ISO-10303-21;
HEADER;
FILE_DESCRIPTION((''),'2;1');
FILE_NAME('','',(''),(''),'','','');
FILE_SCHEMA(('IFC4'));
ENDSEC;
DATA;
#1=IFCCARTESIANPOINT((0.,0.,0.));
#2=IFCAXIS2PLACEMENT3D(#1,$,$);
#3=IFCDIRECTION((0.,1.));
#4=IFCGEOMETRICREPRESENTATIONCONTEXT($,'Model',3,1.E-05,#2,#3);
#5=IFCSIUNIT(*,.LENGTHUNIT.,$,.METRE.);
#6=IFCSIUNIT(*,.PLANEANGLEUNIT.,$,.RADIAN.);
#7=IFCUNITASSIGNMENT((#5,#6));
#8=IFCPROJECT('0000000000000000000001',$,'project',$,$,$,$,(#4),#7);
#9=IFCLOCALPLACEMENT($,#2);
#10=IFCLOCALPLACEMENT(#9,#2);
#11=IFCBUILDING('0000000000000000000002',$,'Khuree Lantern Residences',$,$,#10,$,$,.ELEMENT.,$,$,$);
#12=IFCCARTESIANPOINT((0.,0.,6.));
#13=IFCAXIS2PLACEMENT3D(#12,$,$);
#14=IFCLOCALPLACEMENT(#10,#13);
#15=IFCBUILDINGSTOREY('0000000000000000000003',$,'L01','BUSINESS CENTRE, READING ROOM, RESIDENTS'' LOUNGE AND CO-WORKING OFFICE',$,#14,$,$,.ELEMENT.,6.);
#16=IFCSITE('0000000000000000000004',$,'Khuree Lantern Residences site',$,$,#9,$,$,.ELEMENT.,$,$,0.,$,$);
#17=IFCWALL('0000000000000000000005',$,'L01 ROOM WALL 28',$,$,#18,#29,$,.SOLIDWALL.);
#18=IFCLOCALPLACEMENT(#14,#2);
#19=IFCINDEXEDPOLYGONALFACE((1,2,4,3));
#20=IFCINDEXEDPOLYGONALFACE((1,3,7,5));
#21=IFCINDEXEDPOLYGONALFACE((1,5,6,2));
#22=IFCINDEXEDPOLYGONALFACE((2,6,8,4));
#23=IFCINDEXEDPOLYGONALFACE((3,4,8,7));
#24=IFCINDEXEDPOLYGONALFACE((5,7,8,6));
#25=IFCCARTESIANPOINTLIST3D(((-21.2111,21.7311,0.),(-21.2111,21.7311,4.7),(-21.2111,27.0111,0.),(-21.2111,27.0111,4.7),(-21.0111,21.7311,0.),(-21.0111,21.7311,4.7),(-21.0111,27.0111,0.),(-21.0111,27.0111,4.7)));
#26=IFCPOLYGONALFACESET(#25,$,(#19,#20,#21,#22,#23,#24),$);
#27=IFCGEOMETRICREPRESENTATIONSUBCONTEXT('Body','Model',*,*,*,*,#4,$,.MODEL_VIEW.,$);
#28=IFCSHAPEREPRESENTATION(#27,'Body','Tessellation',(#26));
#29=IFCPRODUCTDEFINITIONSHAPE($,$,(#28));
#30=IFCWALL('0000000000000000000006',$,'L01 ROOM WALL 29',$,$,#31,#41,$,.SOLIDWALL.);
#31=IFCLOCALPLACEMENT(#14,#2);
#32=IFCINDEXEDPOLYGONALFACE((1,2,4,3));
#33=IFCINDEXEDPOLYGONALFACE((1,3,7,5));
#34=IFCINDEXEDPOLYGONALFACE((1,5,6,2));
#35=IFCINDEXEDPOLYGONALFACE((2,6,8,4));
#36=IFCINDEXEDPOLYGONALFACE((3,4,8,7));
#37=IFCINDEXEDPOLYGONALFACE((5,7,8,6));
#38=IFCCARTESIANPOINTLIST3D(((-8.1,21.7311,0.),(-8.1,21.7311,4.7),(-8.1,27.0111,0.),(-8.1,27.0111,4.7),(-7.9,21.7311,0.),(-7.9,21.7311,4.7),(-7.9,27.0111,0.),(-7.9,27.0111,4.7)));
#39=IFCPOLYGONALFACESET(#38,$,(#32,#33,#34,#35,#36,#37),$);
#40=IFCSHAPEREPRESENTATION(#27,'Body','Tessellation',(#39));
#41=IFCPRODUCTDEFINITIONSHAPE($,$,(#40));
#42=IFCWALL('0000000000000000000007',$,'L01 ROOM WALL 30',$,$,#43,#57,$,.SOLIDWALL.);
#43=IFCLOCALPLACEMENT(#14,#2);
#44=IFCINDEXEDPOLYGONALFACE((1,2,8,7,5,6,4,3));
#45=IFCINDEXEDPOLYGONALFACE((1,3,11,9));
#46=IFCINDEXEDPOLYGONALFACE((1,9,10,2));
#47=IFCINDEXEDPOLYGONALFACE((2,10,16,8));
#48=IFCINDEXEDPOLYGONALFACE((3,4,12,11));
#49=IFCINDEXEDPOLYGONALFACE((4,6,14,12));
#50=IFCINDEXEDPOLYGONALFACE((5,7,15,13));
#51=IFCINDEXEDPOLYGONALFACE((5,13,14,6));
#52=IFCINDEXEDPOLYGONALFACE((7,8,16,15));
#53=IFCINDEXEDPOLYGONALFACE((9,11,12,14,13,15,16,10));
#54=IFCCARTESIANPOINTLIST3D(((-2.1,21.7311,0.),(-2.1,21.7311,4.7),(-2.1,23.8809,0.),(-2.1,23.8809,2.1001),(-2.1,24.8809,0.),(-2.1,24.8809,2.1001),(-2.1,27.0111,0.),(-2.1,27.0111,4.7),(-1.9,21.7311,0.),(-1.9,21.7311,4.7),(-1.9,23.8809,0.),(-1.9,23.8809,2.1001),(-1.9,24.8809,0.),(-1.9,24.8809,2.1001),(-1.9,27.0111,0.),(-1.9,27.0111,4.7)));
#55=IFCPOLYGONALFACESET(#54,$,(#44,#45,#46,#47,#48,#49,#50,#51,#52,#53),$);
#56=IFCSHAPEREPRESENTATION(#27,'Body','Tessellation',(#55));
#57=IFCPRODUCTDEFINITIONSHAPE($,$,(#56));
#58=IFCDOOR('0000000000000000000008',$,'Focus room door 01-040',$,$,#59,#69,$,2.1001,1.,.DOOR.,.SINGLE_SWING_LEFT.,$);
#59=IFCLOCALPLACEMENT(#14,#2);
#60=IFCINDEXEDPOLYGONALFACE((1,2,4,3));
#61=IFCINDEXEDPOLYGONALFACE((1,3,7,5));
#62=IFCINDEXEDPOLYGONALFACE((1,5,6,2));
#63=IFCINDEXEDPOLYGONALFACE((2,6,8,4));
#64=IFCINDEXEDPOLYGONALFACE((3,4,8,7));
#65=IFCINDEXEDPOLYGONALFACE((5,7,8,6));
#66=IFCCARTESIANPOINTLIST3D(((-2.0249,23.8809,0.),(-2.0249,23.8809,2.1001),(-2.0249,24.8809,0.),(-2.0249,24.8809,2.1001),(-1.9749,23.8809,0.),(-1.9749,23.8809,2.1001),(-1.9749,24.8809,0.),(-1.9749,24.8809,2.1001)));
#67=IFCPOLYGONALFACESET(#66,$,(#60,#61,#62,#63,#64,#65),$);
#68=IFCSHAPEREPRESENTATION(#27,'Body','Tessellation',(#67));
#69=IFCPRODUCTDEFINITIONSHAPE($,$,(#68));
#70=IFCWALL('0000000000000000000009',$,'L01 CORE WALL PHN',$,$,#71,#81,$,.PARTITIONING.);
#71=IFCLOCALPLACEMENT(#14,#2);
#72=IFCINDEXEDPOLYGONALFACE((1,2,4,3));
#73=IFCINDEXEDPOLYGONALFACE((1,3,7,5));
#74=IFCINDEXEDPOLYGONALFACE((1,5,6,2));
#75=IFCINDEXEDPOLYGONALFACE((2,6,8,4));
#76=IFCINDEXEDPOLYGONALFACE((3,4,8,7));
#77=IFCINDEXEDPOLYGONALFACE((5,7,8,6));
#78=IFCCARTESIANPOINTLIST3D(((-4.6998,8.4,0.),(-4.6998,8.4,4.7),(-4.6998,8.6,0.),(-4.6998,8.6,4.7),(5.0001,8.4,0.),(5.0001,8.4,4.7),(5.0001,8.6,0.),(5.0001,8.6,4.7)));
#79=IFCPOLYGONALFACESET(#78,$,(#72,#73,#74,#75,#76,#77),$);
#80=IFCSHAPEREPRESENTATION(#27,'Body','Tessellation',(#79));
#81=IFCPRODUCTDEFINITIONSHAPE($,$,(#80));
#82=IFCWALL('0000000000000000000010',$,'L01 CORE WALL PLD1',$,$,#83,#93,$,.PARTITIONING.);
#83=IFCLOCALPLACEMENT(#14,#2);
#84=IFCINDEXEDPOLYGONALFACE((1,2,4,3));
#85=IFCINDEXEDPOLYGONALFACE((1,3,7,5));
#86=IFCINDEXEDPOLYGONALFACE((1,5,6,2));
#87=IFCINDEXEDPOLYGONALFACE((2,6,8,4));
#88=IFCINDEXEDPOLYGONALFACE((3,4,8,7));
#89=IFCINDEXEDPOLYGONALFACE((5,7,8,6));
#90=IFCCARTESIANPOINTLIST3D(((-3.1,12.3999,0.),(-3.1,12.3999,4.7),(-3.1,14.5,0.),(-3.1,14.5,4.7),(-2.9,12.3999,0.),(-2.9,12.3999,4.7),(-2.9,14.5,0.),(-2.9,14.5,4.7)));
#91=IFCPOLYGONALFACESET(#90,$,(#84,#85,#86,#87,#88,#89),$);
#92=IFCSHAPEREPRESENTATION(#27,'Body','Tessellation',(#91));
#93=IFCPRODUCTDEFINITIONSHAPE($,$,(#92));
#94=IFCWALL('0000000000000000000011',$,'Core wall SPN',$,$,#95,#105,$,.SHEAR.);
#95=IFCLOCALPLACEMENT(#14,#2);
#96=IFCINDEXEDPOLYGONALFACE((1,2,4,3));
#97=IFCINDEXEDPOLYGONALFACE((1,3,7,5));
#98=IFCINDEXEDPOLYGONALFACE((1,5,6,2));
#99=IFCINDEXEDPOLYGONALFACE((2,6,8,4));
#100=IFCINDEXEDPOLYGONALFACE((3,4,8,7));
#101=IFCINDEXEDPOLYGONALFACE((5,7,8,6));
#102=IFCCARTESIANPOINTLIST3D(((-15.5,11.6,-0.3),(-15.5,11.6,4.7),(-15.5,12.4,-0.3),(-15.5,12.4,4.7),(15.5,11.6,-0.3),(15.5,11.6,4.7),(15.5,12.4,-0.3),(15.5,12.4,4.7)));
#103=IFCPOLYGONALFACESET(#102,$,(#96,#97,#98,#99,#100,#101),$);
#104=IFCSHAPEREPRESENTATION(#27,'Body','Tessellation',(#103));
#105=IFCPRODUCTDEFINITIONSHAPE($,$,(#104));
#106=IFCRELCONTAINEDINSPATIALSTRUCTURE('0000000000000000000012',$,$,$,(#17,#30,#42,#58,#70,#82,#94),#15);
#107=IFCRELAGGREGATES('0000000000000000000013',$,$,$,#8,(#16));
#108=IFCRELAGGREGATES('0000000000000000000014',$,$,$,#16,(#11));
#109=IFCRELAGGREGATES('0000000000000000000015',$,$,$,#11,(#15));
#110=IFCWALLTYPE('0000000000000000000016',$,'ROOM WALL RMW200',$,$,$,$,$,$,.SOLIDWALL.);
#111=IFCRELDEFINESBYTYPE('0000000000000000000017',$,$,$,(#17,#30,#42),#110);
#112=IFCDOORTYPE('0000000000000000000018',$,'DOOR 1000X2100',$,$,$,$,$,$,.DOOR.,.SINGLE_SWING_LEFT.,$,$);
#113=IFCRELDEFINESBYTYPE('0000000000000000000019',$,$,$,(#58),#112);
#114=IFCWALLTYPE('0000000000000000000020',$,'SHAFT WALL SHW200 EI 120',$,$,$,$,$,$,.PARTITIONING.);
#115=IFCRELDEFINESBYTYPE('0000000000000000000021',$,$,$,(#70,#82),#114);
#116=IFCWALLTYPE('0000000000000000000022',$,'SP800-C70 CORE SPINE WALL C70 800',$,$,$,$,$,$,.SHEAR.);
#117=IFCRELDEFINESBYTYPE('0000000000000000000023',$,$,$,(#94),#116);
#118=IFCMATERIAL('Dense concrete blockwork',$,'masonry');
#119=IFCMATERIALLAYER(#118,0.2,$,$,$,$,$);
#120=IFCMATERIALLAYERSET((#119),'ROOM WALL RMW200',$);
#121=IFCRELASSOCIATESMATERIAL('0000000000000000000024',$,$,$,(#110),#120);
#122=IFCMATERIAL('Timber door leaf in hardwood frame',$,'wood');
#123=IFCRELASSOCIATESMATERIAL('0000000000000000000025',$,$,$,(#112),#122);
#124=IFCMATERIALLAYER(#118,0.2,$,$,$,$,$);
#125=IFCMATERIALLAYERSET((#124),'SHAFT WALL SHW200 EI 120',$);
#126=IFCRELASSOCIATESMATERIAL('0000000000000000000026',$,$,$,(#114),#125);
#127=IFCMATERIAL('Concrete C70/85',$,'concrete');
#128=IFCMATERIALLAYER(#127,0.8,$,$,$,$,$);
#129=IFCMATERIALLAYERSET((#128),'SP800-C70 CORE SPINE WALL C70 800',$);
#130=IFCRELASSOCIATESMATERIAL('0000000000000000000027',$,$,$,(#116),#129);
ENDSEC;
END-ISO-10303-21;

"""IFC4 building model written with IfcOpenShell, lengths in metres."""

from ifc_helpers import new_model, si_unit, direction, frame, frame_2d, origin, place, context, subcontext, project, spatial, rectangle, extrude, material, layer, layer_set, type_object, element, fill, save


model = new_model("IFC4")

# Units and contexts
model_context = context("Model", 3, precision=1e-05, world=origin(), true_north=direction((0.0, 1.0)))
body_context = subcontext(model_context, "Body", "Model", "MODEL_VIEW")
ifc_project = project(units=[si_unit("LENGTHUNIT", "METRE"), si_unit("PLANEANGLEUNIT", "RADIAN")], contexts=[model_context])

# Site, building, storey
site_placement = place(None, origin())
site = spatial("IfcSite", under=ifc_project, at=site_placement, Name="Khuree Lantern Residences site", CompositionType="ELEMENT", RefElevation=0.0)
building_placement = place(site_placement, origin())
building = spatial("IfcBuilding", under=site, at=building_placement, Name="Khuree Lantern Residences", CompositionType="ELEMENT")
storey_placement = place(building_placement, frame((0.0, 0.0, 6.0)))
storey = spatial("IfcBuildingStorey", under=building, at=storey_placement, Name="L01", Description="BUSINESS CENTRE, READING ROOM, RESIDENTS' LOUNGE AND CO-WORKING OFFICE", CompositionType="ELEMENT", Elevation=6.0)

# Shared definitions
ifc_material_1 = material(Name="Concrete C70/85", Category="concrete")

# Shared definitions
ifc_material_2 = material(Name="Dense concrete blockwork", Category="masonry")

# Shared definitions
ifc_layer_1 = layer(ifc_material_2, 0.2)
ifc_layer_set_1 = layer_set([ifc_layer_1], Name="ROOM WALL RMW200")
wall_type_1 = type_object("IfcWallType", Name="ROOM WALL RMW200", PredefinedType="SOLIDWALL", material=ifc_layer_set_1)
ifc_material_3 = material(Name="Timber door leaf in hardwood frame", Category="wood")
door_type_1 = type_object("IfcDoorType", Name="DOOR 1000X2100", OperationType="SINGLE_SWING_LEFT", PredefinedType="DOOR", material=ifc_material_3)

# Walls
for number, where, z_axis, x_axis, name in (
    (1, (-21.1111, 21.731, 0.0), (0.0, 0.0, 1.0), (0.0, 1.0, 0.0), "L01 ROOM WALL 28"),
    (2, (-8.0, 21.731, 0.0), (0.0, 0.0, 1.0), (0.0, 1.0, 0.0), "L01 ROOM WALL 29"),
):
    element("IfcWall", number, at=place(storey_placement, frame(where, z_axis=z_axis, x_axis=x_axis)), inside=storey, type_object=wall_type_1, Name=name, PredefinedType="SOLIDWALL", context=body_context, shape_type="SweptSolid", body=[
        extrude(rectangle(XDim=5.28, YDim=0.2, at=frame_2d((2.6401, 0.0))), origin(), (0.0, 0.0, 1.0), 4.7),
    ])

# Wall, opening, door
wall_1_placement = place(storey_placement, frame((-2.0, 21.731, 0.0), z_axis=(0.0, 0.0, 1.0), x_axis=(0.0, 1.0, 0.0)))
wall_1 = element("IfcWall", 3, at=wall_1_placement, inside=storey, type_object=wall_type_1, Name="L01 ROOM WALL 30", PredefinedType="SOLIDWALL", context=body_context, shape_type="SweptSolid", body=[
    extrude(rectangle(XDim=5.28, YDim=0.2, at=frame_2d((2.6401, 0.0))), origin(), (0.0, 0.0, 1.0), 4.7),
])
opening_1_placement = place(wall_1_placement, frame((2.1499, 0.0, 0.0)))
opening_1 = element("IfcOpeningElement", 4, at=opening_1_placement, cuts=wall_1, PredefinedType="OPENING", context=body_context, shape_type="SweptSolid", body=[
    extrude(rectangle(XDim=1.0, YDim=2.1001, at=frame_2d((0.5, 1.05))), frame((0.0, 0.1099, 0.0), z_axis=(0.0, -1.0, 0.0), x_axis=(1.0, 0.0, 0.0)), (0.0, 0.0, 1.0), 0.22),
])
door_1_placement = place(opening_1_placement, origin())
door_1 = element("IfcDoor", 5, at=door_1_placement, inside=storey, type_object=door_type_1, Name="Focus room door 01-040", OperationType="SINGLE_SWING_LEFT", OverallHeight=2.1001, OverallWidth=1.0, PredefinedType="DOOR", context=body_context, shape_type="SweptSolid", body=[
    extrude(rectangle(XDim=1.0, YDim=2.1001, at=frame_2d((0.5, 1.05))), frame((0.0, 0.0249, 0.0), z_axis=(0.0, -1.0, 0.0), x_axis=(1.0, 0.0, 0.0)), (0.0, 0.0, 1.0), 0.05),
])
fill(opening_1, door_1)

# Walls
ifc_layer_2 = layer(ifc_material_2, 0.2)
ifc_layer_set_2 = layer_set([ifc_layer_2], Name="SHAFT WALL SHW200 EI 120")
wall_type_2 = type_object("IfcWallType", Name="SHAFT WALL SHW200 EI 120", PredefinedType="PARTITIONING", material=ifc_layer_set_2)
wall_2_placement = place(storey_placement, frame((-4.7, 8.5, 0.0), z_axis=(0.0, 0.0, 1.0), x_axis=(1.0, 0.0, 0.0)))
element("IfcWall", 6, at=wall_2_placement, inside=storey, type_object=wall_type_2, Name="L01 CORE WALL PHN", PredefinedType="PARTITIONING", context=body_context, shape_type="SweptSolid", body=[
    extrude(rectangle(XDim=9.7, YDim=0.2, at=frame_2d((4.8501, 0.0))), origin(), (0.0, 0.0, 1.0), 4.7),
])
wall_3_placement = place(storey_placement, frame((-3.0, 12.3999, 0.0), z_axis=(0.0, 0.0, 1.0), x_axis=(0.0, 1.0, 0.0)))
element("IfcWall", 7, at=wall_3_placement, inside=storey, type_object=wall_type_2, Name="L01 CORE WALL PLD1", PredefinedType="PARTITIONING", context=body_context, shape_type="SweptSolid", body=[
    extrude(rectangle(XDim=2.1001, YDim=0.2, at=frame_2d((1.05, 0.0))), origin(), (0.0, 0.0, 1.0), 4.7),
])
ifc_layer_3 = layer(ifc_material_1, 0.8)
ifc_layer_set_3 = layer_set([ifc_layer_3], Name="SP800-C70 CORE SPINE WALL C70 800")
wall_type_3 = type_object("IfcWallType", Name="SP800-C70 CORE SPINE WALL C70 800", PredefinedType="SHEAR", material=ifc_layer_set_3)
wall_4_placement = place(storey_placement, frame((-15.5, 12.0, -0.3), z_axis=(0.0, 0.0, 1.0), x_axis=(1.0, 0.0, 0.0)))
element("IfcWall", 8, at=wall_4_placement, inside=storey, type_object=wall_type_3, Name="Core wall SPN", PredefinedType="SHEAR", context=body_context, shape_type="SweptSolid", body=[
    extrude(rectangle(XDim=31.0, YDim=0.8, at=frame_2d((15.5, 0.0))), origin(), (0.0, 0.0, 1.0), 5.0),
])

save(model, "model.ifc")
